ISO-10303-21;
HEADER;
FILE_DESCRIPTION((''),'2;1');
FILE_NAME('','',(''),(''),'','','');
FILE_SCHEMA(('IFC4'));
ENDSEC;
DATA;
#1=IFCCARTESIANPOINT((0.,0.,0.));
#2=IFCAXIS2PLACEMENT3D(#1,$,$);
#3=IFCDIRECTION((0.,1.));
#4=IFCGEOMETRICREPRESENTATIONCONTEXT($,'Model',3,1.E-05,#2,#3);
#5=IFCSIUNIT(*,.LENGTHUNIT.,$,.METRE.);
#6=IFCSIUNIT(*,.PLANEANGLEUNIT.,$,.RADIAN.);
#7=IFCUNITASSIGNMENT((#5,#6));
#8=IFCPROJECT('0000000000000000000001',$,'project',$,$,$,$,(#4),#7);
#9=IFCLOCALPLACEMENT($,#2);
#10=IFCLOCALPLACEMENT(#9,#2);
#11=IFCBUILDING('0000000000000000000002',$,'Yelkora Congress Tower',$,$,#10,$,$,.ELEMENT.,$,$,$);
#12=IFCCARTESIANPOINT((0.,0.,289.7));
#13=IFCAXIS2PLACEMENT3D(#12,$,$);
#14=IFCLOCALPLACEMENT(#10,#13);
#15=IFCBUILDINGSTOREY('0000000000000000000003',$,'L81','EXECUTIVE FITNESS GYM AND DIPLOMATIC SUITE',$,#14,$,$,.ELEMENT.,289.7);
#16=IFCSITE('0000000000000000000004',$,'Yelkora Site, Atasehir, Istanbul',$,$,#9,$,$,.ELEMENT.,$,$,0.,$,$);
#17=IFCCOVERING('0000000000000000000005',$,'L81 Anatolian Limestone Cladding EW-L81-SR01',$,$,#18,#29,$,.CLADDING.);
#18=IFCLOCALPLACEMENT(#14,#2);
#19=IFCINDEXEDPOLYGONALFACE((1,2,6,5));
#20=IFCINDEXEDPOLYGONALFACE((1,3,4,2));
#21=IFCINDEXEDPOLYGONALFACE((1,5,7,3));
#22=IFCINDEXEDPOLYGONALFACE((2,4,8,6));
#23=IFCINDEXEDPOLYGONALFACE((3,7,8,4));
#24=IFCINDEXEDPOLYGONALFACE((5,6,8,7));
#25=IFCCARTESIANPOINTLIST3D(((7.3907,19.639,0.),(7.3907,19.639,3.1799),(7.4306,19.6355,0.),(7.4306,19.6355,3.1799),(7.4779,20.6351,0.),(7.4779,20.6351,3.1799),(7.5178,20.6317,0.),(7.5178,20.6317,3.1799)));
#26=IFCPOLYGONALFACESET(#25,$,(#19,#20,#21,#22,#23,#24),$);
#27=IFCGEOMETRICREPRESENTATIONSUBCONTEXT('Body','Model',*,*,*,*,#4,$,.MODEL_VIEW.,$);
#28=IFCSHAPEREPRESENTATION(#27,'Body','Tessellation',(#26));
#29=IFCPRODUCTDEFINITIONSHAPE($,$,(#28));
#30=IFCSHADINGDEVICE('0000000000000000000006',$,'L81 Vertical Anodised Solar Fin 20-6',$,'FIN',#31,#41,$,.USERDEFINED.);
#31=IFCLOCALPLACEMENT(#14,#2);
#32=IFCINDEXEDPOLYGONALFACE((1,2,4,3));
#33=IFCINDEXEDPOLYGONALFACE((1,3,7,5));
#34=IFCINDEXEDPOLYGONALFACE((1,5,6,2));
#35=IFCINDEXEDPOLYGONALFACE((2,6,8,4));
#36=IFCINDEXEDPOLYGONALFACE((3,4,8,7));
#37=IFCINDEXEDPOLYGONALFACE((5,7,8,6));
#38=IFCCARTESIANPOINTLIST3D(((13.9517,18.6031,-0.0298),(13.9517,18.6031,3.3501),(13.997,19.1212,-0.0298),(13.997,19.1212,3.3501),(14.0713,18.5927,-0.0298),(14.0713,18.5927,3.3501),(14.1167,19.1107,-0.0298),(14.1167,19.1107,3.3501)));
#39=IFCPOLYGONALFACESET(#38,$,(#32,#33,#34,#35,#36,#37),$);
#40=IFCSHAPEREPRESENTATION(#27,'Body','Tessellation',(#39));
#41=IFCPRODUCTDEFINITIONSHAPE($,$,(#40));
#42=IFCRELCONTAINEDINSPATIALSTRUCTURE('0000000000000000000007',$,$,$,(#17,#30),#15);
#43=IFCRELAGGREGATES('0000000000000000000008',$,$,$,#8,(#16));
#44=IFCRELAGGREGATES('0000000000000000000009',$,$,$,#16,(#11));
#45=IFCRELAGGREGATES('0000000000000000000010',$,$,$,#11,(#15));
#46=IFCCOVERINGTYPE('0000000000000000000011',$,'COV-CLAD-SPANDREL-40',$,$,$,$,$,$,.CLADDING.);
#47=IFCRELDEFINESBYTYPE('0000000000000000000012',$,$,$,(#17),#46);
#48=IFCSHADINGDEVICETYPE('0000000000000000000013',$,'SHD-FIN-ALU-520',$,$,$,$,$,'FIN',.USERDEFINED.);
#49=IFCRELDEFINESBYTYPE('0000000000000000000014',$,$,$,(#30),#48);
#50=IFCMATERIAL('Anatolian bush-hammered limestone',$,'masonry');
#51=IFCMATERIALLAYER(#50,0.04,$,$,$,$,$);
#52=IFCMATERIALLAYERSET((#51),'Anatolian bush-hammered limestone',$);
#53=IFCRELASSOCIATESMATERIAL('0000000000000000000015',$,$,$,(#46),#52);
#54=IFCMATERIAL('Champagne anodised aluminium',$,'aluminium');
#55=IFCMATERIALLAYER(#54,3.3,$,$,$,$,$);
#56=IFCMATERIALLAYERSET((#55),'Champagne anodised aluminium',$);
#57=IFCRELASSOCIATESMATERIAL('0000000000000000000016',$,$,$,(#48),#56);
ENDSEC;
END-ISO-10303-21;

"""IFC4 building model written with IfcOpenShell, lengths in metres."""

from ifc_helpers import new_model, si_unit, direction, frame, frame_2d, origin, origin_2d, place, context, subcontext, project, spatial, rectangle, extrude, material, layer, layer_set, type_object, element, save


model = new_model("IFC4")

# Units and contexts
model_context = context("Model", 3, precision=1e-05, world=origin(), true_north=direction((0.0, 1.0)))
body_context = subcontext(model_context, "Body", "Model", "MODEL_VIEW")
ifc_project = project(units=[si_unit("LENGTHUNIT", "METRE"), si_unit("PLANEANGLEUNIT", "RADIAN")], contexts=[model_context])

# Site, building, storey
site_placement = place(None, origin())
site = spatial("IfcSite", under=ifc_project, at=site_placement, Name="Yelkora Site, Atasehir, Istanbul", CompositionType="ELEMENT", RefElevation=0.0)
building_placement = place(site_placement, origin())
building = spatial("IfcBuilding", under=site, at=building_placement, Name="Yelkora Congress Tower", CompositionType="ELEMENT")
storey_placement = place(building_placement, frame((0.0, 0.0, 289.7)))
storey = spatial("IfcBuildingStorey", under=building, at=storey_placement, Name="L81", Description="EXECUTIVE FITNESS GYM AND DIPLOMATIC SUITE", CompositionType="ELEMENT", Elevation=289.7)

# Covering
ifc_material_1 = material(Name="Anatolian bush-hammered limestone", Category="masonry")
ifc_layer_1 = layer(ifc_material_1, 0.04)
ifc_layer_set_1 = layer_set([ifc_layer_1], Name="Anatolian bush-hammered limestone")
covering_type = type_object("IfcCoveringType", Name="COV-CLAD-SPANDREL-40", PredefinedType="CLADDING", material=ifc_layer_set_1)
covering_placement = place(storey_placement, frame((7.4106, 19.6372, 0.0), z_axis=(0.0, 0.0, 1.0), x_axis=(0.087167, 0.996194, 0.0)))
element("IfcCovering", 1, at=covering_placement, inside=storey, type_object=covering_type, Name="L81 Anatolian Limestone Cladding EW-L81-SR01", PredefinedType="CLADDING", context=body_context, shape_type="SweptSolid", body=[
    extrude(rectangle(XDim=1.0, YDim=0.04, at=frame_2d((0.5, 0.0))), origin(), (0.0, 0.0, 1.0), 3.1799),
])

# Shading device
ifc_material_2 = material(Name="Champagne anodised aluminium", Category="aluminium")
ifc_layer_2 = layer(ifc_material_2, 3.3)
ifc_layer_set_2 = layer_set([ifc_layer_2], Name="Champagne anodised aluminium")
shading_device_type = type_object("IfcShadingDeviceType", Name="SHD-FIN-ALU-520", ElementType="FIN", PredefinedType="USERDEFINED", material=ifc_layer_set_2)
shading_device_placement = place(storey_placement, frame((14.0342, 18.8569, -0.0298), z_axis=(0.0, 0.0, 1.0), x_axis=(-0.996195, 0.087156, 0.0)))
element("IfcShadingDevice", 2, at=shading_device_placement, inside=storey, type_object=shading_device_type, Name="L81 Vertical Anodised Solar Fin 20-6", ObjectType="FIN", PredefinedType="USERDEFINED", context=body_context, shape_type="SweptSolid", body=[
    extrude(rectangle(XDim=0.1201, YDim=0.52, at=origin_2d()), origin(), (0.0, 0.0, 1.0), 3.3799),
])

save(model, "model.ifc")
